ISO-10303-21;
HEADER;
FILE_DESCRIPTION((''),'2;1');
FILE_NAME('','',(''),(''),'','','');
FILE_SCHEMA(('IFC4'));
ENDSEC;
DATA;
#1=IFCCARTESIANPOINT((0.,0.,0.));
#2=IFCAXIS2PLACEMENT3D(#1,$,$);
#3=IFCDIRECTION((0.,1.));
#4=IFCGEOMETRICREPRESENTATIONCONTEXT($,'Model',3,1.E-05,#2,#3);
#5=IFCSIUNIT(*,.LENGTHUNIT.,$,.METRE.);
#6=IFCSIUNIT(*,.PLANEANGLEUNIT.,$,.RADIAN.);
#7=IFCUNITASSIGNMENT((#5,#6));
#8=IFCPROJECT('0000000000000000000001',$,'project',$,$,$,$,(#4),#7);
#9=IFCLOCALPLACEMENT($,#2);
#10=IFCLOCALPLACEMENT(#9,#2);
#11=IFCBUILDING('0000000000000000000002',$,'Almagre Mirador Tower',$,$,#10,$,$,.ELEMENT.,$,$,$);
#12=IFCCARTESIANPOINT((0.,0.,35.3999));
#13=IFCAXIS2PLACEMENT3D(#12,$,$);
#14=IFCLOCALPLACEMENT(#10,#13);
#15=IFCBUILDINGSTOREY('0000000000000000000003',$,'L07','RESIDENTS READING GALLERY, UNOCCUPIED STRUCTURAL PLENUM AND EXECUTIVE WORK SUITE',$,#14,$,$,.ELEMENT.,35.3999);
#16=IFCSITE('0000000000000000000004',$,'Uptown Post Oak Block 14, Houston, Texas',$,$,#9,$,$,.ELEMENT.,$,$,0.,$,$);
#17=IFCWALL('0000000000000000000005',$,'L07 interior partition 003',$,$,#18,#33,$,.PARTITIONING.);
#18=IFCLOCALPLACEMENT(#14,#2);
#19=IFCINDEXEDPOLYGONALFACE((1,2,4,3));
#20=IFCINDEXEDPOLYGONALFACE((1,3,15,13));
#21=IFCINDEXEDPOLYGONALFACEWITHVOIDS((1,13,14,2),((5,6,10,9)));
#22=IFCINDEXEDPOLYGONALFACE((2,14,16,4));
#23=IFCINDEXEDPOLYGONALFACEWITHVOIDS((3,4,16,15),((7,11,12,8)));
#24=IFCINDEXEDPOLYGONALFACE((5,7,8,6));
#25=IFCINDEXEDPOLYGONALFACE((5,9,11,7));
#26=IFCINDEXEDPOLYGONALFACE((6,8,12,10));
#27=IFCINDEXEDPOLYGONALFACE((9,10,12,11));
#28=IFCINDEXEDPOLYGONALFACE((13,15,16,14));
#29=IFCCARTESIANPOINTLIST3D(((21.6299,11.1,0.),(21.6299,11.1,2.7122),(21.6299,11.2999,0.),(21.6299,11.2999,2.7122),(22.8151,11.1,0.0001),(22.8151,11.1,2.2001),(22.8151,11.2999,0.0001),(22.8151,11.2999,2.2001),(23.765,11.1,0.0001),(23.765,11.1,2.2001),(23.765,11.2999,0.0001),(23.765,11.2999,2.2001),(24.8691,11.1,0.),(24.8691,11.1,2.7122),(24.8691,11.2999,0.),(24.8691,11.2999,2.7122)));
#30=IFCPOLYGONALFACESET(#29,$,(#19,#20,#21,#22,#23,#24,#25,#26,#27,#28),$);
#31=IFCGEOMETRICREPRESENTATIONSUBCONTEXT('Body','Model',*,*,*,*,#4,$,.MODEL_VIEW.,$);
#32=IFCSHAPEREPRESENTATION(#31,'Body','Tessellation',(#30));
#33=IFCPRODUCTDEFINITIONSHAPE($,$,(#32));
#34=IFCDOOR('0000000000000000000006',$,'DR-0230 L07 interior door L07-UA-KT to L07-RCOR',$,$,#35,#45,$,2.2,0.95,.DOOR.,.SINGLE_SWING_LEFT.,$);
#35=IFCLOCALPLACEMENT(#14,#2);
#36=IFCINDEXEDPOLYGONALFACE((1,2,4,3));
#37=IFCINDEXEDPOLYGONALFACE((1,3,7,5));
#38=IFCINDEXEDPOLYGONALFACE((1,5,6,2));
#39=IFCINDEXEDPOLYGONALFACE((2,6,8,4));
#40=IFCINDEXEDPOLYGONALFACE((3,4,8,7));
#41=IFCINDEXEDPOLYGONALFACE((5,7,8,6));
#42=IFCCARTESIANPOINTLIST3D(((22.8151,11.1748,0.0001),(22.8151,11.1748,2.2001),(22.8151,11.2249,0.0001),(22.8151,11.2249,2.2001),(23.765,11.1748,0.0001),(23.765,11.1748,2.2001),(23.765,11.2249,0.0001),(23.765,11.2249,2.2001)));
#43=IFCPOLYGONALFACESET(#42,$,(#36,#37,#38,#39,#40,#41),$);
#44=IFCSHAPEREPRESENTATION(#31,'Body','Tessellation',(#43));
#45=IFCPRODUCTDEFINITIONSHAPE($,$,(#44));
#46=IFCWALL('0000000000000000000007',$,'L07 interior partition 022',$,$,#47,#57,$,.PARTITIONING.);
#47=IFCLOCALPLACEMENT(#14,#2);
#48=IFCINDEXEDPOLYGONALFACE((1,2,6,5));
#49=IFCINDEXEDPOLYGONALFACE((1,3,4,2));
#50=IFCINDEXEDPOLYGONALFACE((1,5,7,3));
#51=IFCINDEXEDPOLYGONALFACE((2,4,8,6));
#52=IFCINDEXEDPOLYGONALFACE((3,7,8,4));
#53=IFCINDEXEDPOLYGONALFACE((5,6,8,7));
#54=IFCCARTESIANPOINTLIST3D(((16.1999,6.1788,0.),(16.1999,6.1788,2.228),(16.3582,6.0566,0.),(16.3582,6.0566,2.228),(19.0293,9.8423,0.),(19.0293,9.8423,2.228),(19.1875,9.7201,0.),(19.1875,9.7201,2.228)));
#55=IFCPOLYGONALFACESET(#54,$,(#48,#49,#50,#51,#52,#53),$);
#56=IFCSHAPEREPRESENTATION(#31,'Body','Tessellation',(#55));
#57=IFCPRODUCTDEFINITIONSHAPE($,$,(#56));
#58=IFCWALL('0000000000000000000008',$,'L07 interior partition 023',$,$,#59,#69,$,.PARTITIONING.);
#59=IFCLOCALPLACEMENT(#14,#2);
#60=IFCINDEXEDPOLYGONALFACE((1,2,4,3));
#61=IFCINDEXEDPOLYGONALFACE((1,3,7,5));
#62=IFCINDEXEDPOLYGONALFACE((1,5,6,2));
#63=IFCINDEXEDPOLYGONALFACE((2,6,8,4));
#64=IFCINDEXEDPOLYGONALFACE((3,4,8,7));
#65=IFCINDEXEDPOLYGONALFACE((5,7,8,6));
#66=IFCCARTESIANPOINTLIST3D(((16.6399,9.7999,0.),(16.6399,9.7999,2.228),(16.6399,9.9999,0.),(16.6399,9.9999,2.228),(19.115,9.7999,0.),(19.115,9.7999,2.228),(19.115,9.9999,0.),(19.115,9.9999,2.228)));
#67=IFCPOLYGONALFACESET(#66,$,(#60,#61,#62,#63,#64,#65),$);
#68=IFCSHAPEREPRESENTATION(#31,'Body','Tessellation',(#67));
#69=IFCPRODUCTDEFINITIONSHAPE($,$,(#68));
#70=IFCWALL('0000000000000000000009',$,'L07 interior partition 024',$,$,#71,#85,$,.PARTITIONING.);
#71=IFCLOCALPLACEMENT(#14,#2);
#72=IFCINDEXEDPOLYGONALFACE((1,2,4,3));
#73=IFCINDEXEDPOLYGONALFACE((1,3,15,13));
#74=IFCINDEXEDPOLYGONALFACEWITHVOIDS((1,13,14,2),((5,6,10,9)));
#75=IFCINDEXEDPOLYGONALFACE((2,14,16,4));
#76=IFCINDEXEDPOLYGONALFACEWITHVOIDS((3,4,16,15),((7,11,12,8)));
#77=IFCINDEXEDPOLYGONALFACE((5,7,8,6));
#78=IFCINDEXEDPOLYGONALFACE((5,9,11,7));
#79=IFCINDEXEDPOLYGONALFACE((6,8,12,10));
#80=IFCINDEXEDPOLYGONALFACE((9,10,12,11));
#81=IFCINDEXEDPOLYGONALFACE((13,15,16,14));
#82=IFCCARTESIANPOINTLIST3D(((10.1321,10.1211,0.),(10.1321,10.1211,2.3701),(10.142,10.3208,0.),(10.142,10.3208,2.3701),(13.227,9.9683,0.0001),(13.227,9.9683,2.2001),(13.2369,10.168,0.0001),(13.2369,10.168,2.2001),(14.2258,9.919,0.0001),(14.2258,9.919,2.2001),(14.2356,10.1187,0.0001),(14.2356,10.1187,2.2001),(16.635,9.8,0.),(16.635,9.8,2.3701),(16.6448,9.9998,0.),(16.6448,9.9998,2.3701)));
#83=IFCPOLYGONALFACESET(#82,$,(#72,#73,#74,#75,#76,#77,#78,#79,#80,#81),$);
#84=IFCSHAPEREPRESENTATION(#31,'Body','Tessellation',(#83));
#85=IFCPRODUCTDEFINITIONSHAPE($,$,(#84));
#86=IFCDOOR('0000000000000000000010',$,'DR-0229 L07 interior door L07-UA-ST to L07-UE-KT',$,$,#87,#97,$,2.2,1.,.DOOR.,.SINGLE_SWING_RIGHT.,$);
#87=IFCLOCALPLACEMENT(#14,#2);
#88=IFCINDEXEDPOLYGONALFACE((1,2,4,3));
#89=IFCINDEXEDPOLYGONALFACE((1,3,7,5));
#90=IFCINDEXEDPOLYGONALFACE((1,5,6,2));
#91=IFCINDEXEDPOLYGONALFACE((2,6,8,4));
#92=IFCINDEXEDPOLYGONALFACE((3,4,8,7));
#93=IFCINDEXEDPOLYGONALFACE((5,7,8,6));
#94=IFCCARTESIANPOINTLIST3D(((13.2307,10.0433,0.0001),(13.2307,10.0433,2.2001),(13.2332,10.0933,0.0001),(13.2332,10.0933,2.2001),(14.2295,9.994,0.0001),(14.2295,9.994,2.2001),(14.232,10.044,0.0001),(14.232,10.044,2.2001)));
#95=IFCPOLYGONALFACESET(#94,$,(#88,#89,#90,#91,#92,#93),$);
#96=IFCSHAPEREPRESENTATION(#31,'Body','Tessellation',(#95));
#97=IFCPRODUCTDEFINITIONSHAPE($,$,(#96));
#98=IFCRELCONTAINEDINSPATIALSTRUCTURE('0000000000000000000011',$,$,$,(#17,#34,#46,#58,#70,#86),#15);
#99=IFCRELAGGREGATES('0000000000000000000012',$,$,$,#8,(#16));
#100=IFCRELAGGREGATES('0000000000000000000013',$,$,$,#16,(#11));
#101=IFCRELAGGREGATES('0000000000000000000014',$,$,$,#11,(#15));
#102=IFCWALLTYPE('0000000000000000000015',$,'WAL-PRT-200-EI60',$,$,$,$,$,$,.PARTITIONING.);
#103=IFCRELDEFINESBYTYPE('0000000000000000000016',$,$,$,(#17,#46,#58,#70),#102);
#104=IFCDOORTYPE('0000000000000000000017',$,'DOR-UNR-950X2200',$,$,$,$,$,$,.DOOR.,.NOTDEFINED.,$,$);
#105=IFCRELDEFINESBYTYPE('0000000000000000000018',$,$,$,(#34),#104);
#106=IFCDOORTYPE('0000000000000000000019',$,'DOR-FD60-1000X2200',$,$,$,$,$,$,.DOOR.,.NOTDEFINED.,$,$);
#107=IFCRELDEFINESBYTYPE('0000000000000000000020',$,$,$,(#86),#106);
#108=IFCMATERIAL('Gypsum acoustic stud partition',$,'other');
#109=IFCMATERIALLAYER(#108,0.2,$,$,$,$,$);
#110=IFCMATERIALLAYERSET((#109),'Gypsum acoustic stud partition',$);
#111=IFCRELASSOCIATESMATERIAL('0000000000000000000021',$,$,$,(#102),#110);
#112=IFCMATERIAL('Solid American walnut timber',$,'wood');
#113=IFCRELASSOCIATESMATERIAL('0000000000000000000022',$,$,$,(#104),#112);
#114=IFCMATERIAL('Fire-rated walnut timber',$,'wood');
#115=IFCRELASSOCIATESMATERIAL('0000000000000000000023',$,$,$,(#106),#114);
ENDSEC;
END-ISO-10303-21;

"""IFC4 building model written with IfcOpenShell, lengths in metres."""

from ifc_helpers import new_model, si_unit, direction, frame, frame_2d, origin, place, context, subcontext, project, spatial, rectangle, extrude, material, layer, layer_set, type_object, element, fill, save


model = new_model("IFC4")

# Units and contexts
model_context = context("Model", 3, precision=1e-05, world=origin(), true_north=direction((0.0, 1.0)))
body_context = subcontext(model_context, "Body", "Model", "MODEL_VIEW")
ifc_project = project(units=[si_unit("LENGTHUNIT", "METRE"), si_unit("PLANEANGLEUNIT", "RADIAN")], contexts=[model_context])

# Site, building, storey
site_placement = place(None, origin())
site = spatial("IfcSite", under=ifc_project, at=site_placement, Name="Uptown Post Oak Block 14, Houston, Texas", CompositionType="ELEMENT", RefElevation=0.0)
building_placement = place(site_placement, origin())
building = spatial("IfcBuilding", under=site, at=building_placement, Name="Almagre Mirador Tower", CompositionType="ELEMENT")
storey_placement = place(building_placement, frame((0.0, 0.0, 35.3999)))
storey = spatial("IfcBuildingStorey", under=building, at=storey_placement, Name="L07", Description="RESIDENTS READING GALLERY, UNOCCUPIED STRUCTURAL PLENUM AND EXECUTIVE WORK SUITE", CompositionType="ELEMENT", Elevation=35.3999)

# Shared definitions
ifc_material_1 = material(Name="Gypsum acoustic stud partition", Category="other")
ifc_layer_1 = layer(ifc_material_1, 0.2)
ifc_layer_set_1 = layer_set([ifc_layer_1], Name="Gypsum acoustic stud partition")
wall_type_1 = type_object("IfcWallType", Name="WAL-PRT-200-EI60", PredefinedType="PARTITIONING", material=ifc_layer_set_1)

# Wall, opening, door
wall_1_placement = place(storey_placement, frame((21.6299, 11.2, 0.0), z_axis=(0.0, 0.0, 1.0), x_axis=(1.0, 0.0, 0.0)))
wall_1 = element("IfcWall", 1, at=wall_1_placement, inside=storey, type_object=wall_type_1, Name="L07 interior partition 003", PredefinedType="PARTITIONING", context=body_context, shape_type="SweptSolid", body=[
    extrude(rectangle(XDim=3.2393, YDim=0.2, at=frame_2d((1.6196, 0.0))), origin(), (0.0, 0.0, 1.0), 2.7122),
])
opening_1_placement = place(wall_1_placement, frame((1.1851, 0.0, 0.0)))
opening_1 = element("IfcOpeningElement", 2, at=opening_1_placement, cuts=wall_1, PredefinedType="OPENING", context=body_context, shape_type="SweptSolid", body=[
    extrude(rectangle(XDim=0.95, YDim=2.2, at=frame_2d((0.4751, 1.1001))), frame((0.0, 0.1101, 0.0), z_axis=(0.0, -1.0, 0.0), x_axis=(1.0, 0.0, 0.0)), (0.0, 0.0, 1.0), 0.22),
])
ifc_material_2 = material(Name="Solid American walnut timber", Category="wood")
door_type_1 = type_object("IfcDoorType", Name="DOR-UNR-950X2200", OperationType="NOTDEFINED", PredefinedType="DOOR", material=ifc_material_2)
door_1_placement = place(opening_1_placement, origin())
door_1 = element("IfcDoor", 3, at=door_1_placement, inside=storey, type_object=door_type_1, Name="DR-0230 L07 interior door L07-UA-KT to L07-RCOR", OperationType="SINGLE_SWING_LEFT", OverallHeight=2.2, OverallWidth=0.95, PredefinedType="DOOR", context=body_context, shape_type="SweptSolid", body=[
    extrude(rectangle(XDim=0.95, YDim=2.2, at=frame_2d((0.4751, 1.1001))), frame((0.0, 0.0249, 0.0), z_axis=(0.0, -1.0, 0.0), x_axis=(1.0, 0.0, 0.0)), (0.0, 0.0, 1.0), 0.05),
])
fill(opening_1, door_1)

# Walls
wall_2_placement = place(storey_placement, frame((16.2791, 6.1177, 0.0), z_axis=(0.0, 0.0, 1.0), x_axis=(0.611231, 0.791452, 0.0)))
element("IfcWall", 4, at=wall_2_placement, inside=storey, type_object=wall_type_1, Name="L07 interior partition 022", PredefinedType="PARTITIONING", context=body_context, shape_type="SweptSolid", body=[
    extrude(rectangle(XDim=4.6289, YDim=0.2, at=frame_2d((2.3145, 0.0))), origin(), (0.0, 0.0, 1.0), 2.228),
])
wall_3_placement = place(storey_placement, frame((19.115, 9.8999, 0.0), z_axis=(0.0, 0.0, 1.0), x_axis=(-1.0, 0.0, 0.0)))
element("IfcWall", 5, at=wall_3_placement, inside=storey, type_object=wall_type_1, Name="L07 interior partition 023", PredefinedType="PARTITIONING", context=body_context, shape_type="SweptSolid", body=[
    extrude(rectangle(XDim=2.4751, YDim=0.2, at=frame_2d((1.2375, 0.0))), origin(), (0.0, 0.0, 1.0), 2.228),
])

# Wall, opening, door
wall_4_placement = place(storey_placement, frame((16.6399, 9.8999, 0.0), z_axis=(0.0, 0.0, 1.0), x_axis=(-0.998784, 0.049309, 0.0)))
wall_4 = element("IfcWall", 6, at=wall_4_placement, inside=storey, type_object=wall_type_1, Name="L07 interior partition 024", PredefinedType="PARTITIONING", context=body_context, shape_type="SweptSolid", body=[
    extrude(rectangle(XDim=6.5107, YDim=0.2, at=frame_2d((3.2554, 0.0))), origin(), (0.0, 0.0, 1.0), 2.3701),
])
opening_2_placement = place(wall_4_placement, frame((2.4121, 0.0, 0.0)))
opening_2 = element("IfcOpeningElement", 7, at=opening_2_placement, cuts=wall_4, PredefinedType="OPENING", context=body_context, shape_type="SweptSolid", body=[
    extrude(rectangle(XDim=1.0, YDim=2.2, at=frame_2d((0.5, 1.1001))), frame((0.0, 0.1101, 0.0), z_axis=(0.0, -1.0, 0.0), x_axis=(1.0, 0.0, 0.0)), (0.0, 0.0, 1.0), 0.22),
])
ifc_material_3 = material(Name="Fire-rated walnut timber", Category="wood")
door_type_2 = type_object("IfcDoorType", Name="DOR-FD60-1000X2200", OperationType="NOTDEFINED", PredefinedType="DOOR", material=ifc_material_3)
door_2_placement = place(opening_2_placement, origin())
door_2 = element("IfcDoor", 8, at=door_2_placement, inside=storey, type_object=door_type_2, Name="DR-0229 L07 interior door L07-UA-ST to L07-UE-KT", OperationType="SINGLE_SWING_RIGHT", OverallHeight=2.2, OverallWidth=1.0, PredefinedType="DOOR", context=body_context, shape_type="SweptSolid", body=[
    extrude(rectangle(XDim=1.0, YDim=2.2, at=frame_2d((0.5, 1.1001))), frame((0.0, 0.0249, 0.0), z_axis=(0.0, -1.0, 0.0), x_axis=(1.0, 0.0, 0.0)), (0.0, 0.0, 1.0), 0.05),
])
fill(opening_2, door_2)

save(model, "model.ifc")
